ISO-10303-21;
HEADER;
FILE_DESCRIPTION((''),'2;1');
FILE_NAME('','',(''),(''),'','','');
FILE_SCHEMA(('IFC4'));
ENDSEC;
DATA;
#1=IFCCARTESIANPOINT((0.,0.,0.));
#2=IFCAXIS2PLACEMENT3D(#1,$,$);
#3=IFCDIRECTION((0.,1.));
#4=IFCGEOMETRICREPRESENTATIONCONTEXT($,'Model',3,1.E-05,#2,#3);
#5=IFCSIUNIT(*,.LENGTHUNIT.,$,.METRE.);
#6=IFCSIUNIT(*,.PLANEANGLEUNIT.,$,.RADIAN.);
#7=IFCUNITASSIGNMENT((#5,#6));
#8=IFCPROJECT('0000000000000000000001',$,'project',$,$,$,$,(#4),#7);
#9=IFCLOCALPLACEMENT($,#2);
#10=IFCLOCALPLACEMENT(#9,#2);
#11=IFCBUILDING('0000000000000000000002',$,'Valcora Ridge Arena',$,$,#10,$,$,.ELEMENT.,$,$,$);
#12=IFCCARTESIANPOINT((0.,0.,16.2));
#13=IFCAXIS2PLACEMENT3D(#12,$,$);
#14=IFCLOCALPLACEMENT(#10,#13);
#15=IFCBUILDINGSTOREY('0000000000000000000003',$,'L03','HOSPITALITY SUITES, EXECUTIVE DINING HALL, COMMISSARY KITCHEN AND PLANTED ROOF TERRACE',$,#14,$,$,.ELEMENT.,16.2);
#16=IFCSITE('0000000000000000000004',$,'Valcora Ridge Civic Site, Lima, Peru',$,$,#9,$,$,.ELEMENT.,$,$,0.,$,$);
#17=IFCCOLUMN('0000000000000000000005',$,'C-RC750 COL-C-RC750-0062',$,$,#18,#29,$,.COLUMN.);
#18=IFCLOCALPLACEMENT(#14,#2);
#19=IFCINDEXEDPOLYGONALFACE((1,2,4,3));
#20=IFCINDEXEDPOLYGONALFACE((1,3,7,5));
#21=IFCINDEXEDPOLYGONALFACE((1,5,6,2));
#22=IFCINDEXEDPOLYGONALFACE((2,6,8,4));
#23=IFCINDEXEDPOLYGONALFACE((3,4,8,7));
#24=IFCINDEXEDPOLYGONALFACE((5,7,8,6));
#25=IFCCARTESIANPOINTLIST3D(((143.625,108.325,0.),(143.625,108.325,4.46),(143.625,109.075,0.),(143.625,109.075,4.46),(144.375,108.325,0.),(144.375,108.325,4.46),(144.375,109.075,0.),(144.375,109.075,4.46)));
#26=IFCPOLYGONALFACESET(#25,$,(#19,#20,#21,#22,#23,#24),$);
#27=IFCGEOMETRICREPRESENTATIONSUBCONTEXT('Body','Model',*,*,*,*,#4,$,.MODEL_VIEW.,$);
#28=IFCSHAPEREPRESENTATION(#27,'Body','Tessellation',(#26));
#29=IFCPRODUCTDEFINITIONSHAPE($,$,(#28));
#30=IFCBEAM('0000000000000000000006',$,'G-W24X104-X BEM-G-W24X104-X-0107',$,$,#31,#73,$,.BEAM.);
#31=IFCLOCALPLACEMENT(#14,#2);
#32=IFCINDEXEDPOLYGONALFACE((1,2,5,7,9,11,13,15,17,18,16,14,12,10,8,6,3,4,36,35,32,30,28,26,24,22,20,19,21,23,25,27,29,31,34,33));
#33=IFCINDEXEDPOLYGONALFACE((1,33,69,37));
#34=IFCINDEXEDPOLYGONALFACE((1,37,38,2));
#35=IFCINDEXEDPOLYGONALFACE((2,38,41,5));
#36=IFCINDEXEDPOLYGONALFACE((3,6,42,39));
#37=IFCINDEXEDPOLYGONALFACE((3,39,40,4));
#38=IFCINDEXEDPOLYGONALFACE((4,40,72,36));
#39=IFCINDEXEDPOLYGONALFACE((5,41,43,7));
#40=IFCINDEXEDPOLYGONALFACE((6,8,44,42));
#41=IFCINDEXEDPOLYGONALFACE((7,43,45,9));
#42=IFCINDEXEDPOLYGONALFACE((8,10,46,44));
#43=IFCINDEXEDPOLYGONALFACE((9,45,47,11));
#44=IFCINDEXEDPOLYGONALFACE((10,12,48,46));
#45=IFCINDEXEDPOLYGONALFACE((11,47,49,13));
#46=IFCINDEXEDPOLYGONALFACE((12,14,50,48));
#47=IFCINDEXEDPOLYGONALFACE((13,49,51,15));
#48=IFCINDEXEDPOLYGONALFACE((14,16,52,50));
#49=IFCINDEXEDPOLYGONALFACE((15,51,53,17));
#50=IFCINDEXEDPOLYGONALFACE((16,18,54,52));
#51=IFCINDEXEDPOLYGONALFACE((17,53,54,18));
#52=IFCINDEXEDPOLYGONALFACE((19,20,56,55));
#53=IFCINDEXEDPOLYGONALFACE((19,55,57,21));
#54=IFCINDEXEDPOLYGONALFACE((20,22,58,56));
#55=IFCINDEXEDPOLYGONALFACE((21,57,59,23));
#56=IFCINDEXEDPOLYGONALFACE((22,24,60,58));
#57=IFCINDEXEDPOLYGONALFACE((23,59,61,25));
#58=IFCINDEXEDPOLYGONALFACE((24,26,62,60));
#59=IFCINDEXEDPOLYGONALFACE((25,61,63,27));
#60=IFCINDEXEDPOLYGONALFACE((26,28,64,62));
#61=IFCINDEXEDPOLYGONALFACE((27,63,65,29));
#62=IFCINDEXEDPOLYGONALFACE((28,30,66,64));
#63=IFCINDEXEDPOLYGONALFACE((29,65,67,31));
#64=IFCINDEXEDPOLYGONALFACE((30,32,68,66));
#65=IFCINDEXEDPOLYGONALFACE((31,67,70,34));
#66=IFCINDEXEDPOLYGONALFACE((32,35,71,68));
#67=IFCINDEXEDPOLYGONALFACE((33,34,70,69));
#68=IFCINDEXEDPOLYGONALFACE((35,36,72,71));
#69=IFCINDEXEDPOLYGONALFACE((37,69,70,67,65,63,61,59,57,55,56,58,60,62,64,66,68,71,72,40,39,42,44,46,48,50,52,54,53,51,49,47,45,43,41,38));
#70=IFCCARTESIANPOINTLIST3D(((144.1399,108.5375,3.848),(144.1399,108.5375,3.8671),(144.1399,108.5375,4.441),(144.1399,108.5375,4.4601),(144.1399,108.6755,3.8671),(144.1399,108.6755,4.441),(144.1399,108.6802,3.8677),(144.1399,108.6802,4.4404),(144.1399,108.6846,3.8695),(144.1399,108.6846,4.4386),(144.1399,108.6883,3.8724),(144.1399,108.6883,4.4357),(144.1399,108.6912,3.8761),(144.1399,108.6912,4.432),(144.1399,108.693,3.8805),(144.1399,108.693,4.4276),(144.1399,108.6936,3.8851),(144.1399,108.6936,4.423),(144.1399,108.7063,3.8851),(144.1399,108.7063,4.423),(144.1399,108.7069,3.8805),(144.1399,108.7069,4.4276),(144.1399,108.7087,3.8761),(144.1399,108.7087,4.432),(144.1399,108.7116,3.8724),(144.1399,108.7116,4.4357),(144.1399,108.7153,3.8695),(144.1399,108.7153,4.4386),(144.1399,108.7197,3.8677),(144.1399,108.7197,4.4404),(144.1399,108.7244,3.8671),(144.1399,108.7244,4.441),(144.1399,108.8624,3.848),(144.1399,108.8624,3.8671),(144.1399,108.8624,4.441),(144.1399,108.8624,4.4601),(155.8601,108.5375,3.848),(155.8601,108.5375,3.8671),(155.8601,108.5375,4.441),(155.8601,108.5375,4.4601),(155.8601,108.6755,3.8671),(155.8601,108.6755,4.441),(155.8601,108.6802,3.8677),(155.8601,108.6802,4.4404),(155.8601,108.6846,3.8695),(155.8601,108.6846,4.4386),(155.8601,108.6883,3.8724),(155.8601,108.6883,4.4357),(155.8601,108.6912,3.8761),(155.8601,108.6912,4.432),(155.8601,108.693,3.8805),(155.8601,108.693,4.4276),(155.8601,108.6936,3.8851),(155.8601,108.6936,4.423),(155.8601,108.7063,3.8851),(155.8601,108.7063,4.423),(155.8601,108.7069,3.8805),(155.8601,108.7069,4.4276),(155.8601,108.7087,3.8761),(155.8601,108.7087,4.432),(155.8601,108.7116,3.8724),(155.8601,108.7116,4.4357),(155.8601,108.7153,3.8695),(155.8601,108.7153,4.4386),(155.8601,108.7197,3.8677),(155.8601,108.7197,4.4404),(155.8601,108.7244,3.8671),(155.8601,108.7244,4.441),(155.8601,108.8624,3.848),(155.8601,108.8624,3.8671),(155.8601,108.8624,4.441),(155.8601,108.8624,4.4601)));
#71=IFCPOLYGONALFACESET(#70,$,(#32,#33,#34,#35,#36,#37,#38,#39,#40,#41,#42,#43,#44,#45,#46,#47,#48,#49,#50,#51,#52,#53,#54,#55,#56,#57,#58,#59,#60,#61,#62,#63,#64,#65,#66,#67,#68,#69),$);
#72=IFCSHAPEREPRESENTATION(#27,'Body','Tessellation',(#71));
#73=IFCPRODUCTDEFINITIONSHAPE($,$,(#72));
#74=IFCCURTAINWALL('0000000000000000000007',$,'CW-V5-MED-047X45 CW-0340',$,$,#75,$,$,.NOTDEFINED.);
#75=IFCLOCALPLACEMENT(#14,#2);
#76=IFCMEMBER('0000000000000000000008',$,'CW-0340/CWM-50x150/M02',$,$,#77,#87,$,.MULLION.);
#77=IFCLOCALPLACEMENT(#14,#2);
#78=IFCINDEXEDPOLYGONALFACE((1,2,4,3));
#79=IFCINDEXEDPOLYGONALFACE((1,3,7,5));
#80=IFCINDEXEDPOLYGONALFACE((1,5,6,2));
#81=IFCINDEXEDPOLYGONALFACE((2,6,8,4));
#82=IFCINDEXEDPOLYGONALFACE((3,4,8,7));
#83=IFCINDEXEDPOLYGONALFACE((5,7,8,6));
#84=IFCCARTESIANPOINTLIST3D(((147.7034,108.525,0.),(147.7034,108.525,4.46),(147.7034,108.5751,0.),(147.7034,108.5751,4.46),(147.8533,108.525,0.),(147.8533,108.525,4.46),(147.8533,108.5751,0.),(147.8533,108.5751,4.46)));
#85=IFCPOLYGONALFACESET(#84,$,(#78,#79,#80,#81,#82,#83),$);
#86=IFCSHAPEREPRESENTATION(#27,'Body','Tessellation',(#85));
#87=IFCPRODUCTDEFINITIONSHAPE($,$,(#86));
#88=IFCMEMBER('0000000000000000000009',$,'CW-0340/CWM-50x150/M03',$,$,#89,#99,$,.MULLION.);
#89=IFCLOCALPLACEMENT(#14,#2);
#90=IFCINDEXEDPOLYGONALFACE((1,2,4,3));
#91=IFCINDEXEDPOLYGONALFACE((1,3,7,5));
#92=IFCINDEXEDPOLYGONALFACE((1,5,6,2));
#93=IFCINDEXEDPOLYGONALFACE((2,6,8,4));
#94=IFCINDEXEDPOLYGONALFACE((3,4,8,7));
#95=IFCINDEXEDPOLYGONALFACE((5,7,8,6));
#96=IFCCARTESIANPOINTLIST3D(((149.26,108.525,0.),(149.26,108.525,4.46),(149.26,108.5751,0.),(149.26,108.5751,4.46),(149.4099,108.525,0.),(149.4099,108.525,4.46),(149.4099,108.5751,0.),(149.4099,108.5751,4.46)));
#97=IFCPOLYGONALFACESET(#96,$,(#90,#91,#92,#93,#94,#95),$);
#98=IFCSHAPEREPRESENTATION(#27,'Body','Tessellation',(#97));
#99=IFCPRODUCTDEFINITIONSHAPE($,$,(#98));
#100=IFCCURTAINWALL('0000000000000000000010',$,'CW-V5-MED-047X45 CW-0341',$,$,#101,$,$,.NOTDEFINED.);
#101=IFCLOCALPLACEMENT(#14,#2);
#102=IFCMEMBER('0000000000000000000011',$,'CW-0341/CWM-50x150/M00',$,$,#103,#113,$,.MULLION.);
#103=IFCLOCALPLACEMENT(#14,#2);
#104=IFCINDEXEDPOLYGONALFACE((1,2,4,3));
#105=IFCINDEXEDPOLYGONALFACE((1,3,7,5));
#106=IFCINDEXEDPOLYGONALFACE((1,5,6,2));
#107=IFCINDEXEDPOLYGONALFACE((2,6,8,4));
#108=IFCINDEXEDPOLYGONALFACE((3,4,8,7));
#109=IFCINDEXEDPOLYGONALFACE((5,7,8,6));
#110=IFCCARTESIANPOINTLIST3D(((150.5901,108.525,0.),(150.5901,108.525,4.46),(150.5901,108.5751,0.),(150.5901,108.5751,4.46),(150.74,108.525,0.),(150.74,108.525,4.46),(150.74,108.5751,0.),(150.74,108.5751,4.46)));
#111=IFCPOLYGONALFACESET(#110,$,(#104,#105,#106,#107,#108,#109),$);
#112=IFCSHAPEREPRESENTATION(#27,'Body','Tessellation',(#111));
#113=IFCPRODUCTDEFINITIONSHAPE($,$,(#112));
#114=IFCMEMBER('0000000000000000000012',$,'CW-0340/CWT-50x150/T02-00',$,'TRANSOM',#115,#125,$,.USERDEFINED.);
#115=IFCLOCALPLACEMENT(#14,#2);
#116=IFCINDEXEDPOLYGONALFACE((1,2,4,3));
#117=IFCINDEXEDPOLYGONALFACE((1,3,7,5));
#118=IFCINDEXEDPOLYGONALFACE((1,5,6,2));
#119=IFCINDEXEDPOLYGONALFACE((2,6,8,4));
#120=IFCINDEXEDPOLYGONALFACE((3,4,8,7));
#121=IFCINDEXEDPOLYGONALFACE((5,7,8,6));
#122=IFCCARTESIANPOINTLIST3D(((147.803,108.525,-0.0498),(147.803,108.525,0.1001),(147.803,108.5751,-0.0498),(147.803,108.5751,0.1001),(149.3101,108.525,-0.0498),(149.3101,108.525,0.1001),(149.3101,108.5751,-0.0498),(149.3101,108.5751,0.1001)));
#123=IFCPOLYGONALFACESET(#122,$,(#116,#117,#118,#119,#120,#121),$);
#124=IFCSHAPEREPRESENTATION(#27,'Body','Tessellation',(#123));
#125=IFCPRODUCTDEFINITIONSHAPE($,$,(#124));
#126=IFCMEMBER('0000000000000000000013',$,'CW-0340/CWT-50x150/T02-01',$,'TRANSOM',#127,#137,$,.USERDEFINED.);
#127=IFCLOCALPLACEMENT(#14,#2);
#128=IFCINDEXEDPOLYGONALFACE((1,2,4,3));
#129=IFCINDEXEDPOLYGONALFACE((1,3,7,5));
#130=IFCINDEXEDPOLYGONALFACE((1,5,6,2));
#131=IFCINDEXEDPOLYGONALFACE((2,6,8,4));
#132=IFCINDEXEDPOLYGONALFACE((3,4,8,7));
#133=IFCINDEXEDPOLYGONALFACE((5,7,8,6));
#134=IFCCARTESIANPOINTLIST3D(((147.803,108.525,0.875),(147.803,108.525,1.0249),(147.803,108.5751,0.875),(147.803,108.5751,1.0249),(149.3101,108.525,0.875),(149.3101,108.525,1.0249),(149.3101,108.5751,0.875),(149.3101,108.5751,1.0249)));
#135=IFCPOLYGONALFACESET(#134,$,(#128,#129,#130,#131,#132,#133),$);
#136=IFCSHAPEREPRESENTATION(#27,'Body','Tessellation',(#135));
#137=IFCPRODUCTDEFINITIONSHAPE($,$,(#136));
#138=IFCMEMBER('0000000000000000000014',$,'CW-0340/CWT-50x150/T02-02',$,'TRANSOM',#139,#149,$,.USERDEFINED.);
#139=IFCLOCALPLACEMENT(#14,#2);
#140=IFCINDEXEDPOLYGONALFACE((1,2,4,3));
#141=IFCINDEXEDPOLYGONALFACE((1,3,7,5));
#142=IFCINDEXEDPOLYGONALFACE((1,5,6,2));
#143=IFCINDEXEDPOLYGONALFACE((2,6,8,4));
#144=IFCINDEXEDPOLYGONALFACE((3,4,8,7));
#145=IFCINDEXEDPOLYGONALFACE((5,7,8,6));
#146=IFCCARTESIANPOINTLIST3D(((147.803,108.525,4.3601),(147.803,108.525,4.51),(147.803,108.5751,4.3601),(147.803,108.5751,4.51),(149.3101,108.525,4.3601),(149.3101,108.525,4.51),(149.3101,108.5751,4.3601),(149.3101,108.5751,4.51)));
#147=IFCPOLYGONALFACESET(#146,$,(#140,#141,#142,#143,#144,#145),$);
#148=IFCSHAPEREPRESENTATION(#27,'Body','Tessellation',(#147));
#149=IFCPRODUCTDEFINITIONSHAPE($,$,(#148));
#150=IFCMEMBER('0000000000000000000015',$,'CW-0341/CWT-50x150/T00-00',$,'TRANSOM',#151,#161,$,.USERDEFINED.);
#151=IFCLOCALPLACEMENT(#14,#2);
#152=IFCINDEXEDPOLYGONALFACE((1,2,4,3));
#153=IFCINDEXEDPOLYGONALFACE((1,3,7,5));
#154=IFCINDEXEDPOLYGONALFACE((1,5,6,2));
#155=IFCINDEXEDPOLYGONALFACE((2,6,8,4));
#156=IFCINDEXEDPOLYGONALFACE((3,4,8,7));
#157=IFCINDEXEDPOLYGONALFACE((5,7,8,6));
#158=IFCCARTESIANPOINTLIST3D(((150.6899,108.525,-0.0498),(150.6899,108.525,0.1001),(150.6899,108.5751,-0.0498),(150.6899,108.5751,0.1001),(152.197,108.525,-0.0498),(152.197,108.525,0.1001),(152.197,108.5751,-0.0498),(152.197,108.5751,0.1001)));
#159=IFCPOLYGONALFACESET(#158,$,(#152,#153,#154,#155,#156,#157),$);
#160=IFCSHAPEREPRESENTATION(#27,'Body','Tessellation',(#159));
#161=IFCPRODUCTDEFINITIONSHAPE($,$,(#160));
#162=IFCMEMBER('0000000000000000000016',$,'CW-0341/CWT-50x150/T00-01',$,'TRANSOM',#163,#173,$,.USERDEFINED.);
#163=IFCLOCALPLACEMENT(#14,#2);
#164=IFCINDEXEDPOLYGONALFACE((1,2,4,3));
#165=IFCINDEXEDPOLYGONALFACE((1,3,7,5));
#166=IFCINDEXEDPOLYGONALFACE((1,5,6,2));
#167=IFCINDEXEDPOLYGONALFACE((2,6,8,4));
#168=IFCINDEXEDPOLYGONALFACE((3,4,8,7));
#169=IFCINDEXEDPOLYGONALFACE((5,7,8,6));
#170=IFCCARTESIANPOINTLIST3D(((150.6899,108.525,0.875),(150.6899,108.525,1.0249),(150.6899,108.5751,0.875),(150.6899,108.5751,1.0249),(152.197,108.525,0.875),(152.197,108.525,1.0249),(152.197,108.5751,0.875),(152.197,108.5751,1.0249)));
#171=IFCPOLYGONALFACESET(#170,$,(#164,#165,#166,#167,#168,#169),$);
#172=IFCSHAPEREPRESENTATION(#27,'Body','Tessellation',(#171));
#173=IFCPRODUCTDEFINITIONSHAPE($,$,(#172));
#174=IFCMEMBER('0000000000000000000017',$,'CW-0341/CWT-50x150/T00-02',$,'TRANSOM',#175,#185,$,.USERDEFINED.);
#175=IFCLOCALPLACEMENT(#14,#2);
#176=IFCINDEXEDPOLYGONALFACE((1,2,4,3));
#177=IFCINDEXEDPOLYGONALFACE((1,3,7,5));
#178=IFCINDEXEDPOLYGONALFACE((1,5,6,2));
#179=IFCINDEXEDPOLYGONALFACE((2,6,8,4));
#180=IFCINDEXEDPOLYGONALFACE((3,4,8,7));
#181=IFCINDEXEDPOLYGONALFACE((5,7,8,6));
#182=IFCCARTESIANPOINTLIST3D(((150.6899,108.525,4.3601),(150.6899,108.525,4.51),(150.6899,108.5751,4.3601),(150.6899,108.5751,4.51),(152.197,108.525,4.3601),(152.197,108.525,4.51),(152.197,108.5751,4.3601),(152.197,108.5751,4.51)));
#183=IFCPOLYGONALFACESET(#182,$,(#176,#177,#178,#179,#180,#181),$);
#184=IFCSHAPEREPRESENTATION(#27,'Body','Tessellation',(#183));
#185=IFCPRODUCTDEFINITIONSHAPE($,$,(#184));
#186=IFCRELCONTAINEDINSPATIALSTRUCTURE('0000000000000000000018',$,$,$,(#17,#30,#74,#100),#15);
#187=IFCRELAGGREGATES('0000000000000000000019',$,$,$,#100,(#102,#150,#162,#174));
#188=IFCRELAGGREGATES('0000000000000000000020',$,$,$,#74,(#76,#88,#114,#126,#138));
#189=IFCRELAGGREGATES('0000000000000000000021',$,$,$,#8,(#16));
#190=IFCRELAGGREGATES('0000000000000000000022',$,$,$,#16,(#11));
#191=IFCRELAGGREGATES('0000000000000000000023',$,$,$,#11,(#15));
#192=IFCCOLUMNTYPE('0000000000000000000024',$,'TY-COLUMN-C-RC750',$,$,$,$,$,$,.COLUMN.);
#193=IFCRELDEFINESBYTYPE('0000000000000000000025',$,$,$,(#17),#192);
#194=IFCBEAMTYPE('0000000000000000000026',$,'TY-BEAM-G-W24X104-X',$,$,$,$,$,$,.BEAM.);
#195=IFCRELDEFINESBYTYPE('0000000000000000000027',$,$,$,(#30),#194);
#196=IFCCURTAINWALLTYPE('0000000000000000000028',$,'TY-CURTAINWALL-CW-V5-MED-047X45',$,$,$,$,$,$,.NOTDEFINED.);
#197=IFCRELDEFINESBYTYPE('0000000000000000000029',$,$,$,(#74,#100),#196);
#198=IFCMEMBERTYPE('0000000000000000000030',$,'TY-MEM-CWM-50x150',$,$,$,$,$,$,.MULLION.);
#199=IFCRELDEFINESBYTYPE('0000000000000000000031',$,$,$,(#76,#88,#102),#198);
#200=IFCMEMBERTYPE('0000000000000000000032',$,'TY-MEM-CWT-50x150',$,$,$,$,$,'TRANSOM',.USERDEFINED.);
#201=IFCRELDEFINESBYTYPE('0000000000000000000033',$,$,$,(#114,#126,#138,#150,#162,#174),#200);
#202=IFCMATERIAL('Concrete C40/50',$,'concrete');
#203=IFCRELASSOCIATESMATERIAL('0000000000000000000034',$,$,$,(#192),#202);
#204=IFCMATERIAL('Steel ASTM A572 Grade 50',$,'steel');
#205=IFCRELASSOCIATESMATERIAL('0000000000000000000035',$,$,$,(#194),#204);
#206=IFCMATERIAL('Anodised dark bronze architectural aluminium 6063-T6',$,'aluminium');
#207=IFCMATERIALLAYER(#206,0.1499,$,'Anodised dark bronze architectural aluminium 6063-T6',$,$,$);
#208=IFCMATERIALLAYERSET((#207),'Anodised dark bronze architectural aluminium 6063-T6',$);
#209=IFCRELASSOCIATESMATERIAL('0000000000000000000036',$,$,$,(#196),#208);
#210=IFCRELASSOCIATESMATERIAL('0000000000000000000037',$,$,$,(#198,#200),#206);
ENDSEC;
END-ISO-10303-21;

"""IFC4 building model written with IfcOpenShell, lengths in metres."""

from ifc_helpers import new_model, si_unit, direction, frame, origin, origin_2d, place, context, subcontext, project, spatial, rectangle, i_section, extrude, material, layer, layer_set, material_profile, profile_set, type_object, element, aggregate, save


model = new_model("IFC4")

# Units and contexts
model_context = context("Model", 3, precision=1e-05, world=origin(), true_north=direction((0.0, 1.0)))
body_context = subcontext(model_context, "Body", "Model", "MODEL_VIEW")
ifc_project = project(units=[si_unit("LENGTHUNIT", "METRE"), si_unit("PLANEANGLEUNIT", "RADIAN")], contexts=[model_context])

# Site, building, storey
site_placement = place(None, origin())
site = spatial("IfcSite", under=ifc_project, at=site_placement, Name="Valcora Ridge Civic Site, Lima, Peru", CompositionType="ELEMENT", RefElevation=0.0)
building_placement = place(site_placement, origin())
building = spatial("IfcBuilding", under=site, at=building_placement, Name="Valcora Ridge Arena", CompositionType="ELEMENT")
storey_placement = place(building_placement, frame((0.0, 0.0, 16.2)))
storey = spatial("IfcBuildingStorey", under=building, at=storey_placement, Name="L03", Description="HOSPITALITY SUITES, EXECUTIVE DINING HALL, COMMISSARY KITCHEN AND PLANTED ROOF TERRACE", CompositionType="ELEMENT", Elevation=16.2)

# Column
ifc_material_1 = material(Name="Concrete C40/50", Category="concrete")
ifc_material_profile_1 = material_profile(ifc_material_1, rectangle(XDim=0.75, YDim=0.75, at=origin_2d()), Name="RC 750x750")
ifc_profile_set_1 = profile_set([ifc_material_profile_1], Name="Concrete C40/50")
column_type = type_object("IfcColumnType", Name="TY-COLUMN-C-RC750", PredefinedType="COLUMN", material=ifc_profile_set_1)
column_placement = place(storey_placement, frame((144.0, 108.7, 0.0), z_axis=(0.0, 0.0, 1.0), x_axis=(1.0, 0.0, 0.0)))
element("IfcColumn", 1, at=column_placement, inside=storey, type_object=column_type, Name="C-RC750 COL-C-RC750-0062", PredefinedType="COLUMN", context=body_context, shape_type="SweptSolid", body=[
    extrude(rectangle(XDim=0.75, YDim=0.75, at=origin_2d()), origin(), (0.0, 0.0, 1.0), 4.46),
])

# Beam
ifc_material_2 = material(Name="Steel ASTM A572 Grade 50", Category="steel")
ifc_material_profile_2 = material_profile(ifc_material_2, i_section(OverallWidth=0.325, OverallDepth=0.6121, WebThickness=0.0127, FlangeThickness=0.019, FilletRadius=0.0181, at=origin_2d()), Name="W24X104")
ifc_profile_set_2 = profile_set([ifc_material_profile_2], Name="Steel ASTM A572 Grade 50")
beam_type = type_object("IfcBeamType", Name="TY-BEAM-G-W24X104-X", PredefinedType="BEAM", material=ifc_profile_set_2)
beam_placement = place(storey_placement, frame((144.1399, 108.7, 4.1541), z_axis=(1.0, 0.0, 0.0), x_axis=(0.0, 1.0, 0.0)))
element("IfcBeam", 2, at=beam_placement, inside=storey, type_object=beam_type, Name="G-W24X104-X BEM-G-W24X104-X-0107", PredefinedType="BEAM", context=body_context, shape_type="SweptSolid", body=[
    extrude(i_section(OverallWidth=0.325, OverallDepth=0.6121, WebThickness=0.0127, FlangeThickness=0.019, FilletRadius=0.0181, at=origin_2d()), origin(), (0.0, 0.0, 1.0), 11.7202),
])

# Curtain wall, members
ifc_material_3 = material(Name="Anodised dark bronze architectural aluminium 6063-T6", Category="aluminium")
ifc_layer_1 = layer(ifc_material_3, 0.1499, Name="Anodised dark bronze architectural aluminium 6063-T6")
ifc_layer_set_1 = layer_set([ifc_layer_1], Name="Anodised dark bronze architectural aluminium 6063-T6")
curtain_wall_type = type_object("IfcCurtainWallType", Name="TY-CURTAINWALL-CW-V5-MED-047X45", PredefinedType="NOTDEFINED", material=ifc_layer_set_1)
curtain_wall_1_placement = place(storey_placement, origin())
curtain_wall_1 = element("IfcCurtainWall", 3, at=curtain_wall_1_placement, inside=storey, type_object=curtain_wall_type, Name="CW-V5-MED-047X45 CW-0340", PredefinedType="NOTDEFINED")
ifc_material_profile_3 = material_profile(ifc_material_3, rectangle(XDim=0.05, YDim=0.1499, at=origin_2d()), Name="ALU MULLION 50x150")
ifc_profile_set_3 = profile_set([ifc_material_profile_3], Name="Anodised dark bronze architectural aluminium 6063-T6")
member_type_1 = type_object("IfcMemberType", Name="TY-MEM-CWM-50x150", PredefinedType="MULLION", material=ifc_profile_set_3)
member_1_placement = place(storey_placement, frame((147.7783, 108.55, 0.0), z_axis=(0.0, 0.0, 1.0), x_axis=(0.0, 1.0, 0.0)))
member_1 = element("IfcMember", 4, at=member_1_placement, type_object=member_type_1, Name="CW-0340/CWM-50x150/M02", PredefinedType="MULLION", context=body_context, shape_type="SweptSolid", body=[
    extrude(rectangle(XDim=0.05, YDim=0.1499, at=origin_2d()), origin(), (0.0, 0.0, 1.0), 4.46),
])
member_2_placement = place(storey_placement, frame((149.335, 108.55, 0.0), z_axis=(0.0, 0.0, 1.0), x_axis=(0.0, 1.0, 0.0)))
member_2 = element("IfcMember", 5, at=member_2_placement, type_object=member_type_1, Name="CW-0340/CWM-50x150/M03", PredefinedType="MULLION", context=body_context, shape_type="SweptSolid", body=[
    extrude(rectangle(XDim=0.05, YDim=0.1499, at=origin_2d()), origin(), (0.0, 0.0, 1.0), 4.46),
])

# Curtain wall, member
curtain_wall_2_placement = place(storey_placement, origin())
curtain_wall_2 = element("IfcCurtainWall", 6, at=curtain_wall_2_placement, inside=storey, type_object=curtain_wall_type, Name="CW-V5-MED-047X45 CW-0341", PredefinedType="NOTDEFINED")
member_3_placement = place(storey_placement, frame((150.665, 108.55, 0.0), z_axis=(0.0, 0.0, 1.0), x_axis=(0.0, 1.0, 0.0)))
member_3 = element("IfcMember", 7, at=member_3_placement, type_object=member_type_1, Name="CW-0341/CWM-50x150/M00", PredefinedType="MULLION", context=body_context, shape_type="SweptSolid", body=[
    extrude(rectangle(XDim=0.05, YDim=0.1499, at=origin_2d()), origin(), (0.0, 0.0, 1.0), 4.46),
])

# Members
ifc_material_profile_4 = material_profile(ifc_material_3, rectangle(XDim=0.05, YDim=0.1499, at=origin_2d()), Name="ALU TRANSOM 50x150")
ifc_profile_set_4 = profile_set([ifc_material_profile_4], Name="Anodised dark bronze architectural aluminium 6063-T6")
member_type_2 = type_object("IfcMemberType", Name="TY-MEM-CWT-50x150", ElementType="TRANSOM", PredefinedType="USERDEFINED", material=ifc_profile_set_4)
member_4_placement = place(storey_placement, frame((147.803, 108.55, 0.0251), z_axis=(1.0, 0.0, 0.0), x_axis=(0.0, 1.0, 0.0)))
member_4 = element("IfcMember", 8, at=member_4_placement, type_object=member_type_2, Name="CW-0340/CWT-50x150/T02-00", ObjectType="TRANSOM", PredefinedType="USERDEFINED", context=body_context, shape_type="SweptSolid", body=[
    extrude(rectangle(XDim=0.05, YDim=0.1499, at=origin_2d()), origin(), (0.0, 0.0, 1.0), 1.5071),
])
member_5_placement = place(storey_placement, frame((147.803, 108.55, 0.95), z_axis=(1.0, 0.0, 0.0), x_axis=(0.0, 1.0, 0.0)))
member_5 = element("IfcMember", 9, at=member_5_placement, type_object=member_type_2, Name="CW-0340/CWT-50x150/T02-01", ObjectType="TRANSOM", PredefinedType="USERDEFINED", context=body_context, shape_type="SweptSolid", body=[
    extrude(rectangle(XDim=0.05, YDim=0.1499, at=origin_2d()), origin(), (0.0, 0.0, 1.0), 1.5071),
])
member_6_placement = place(storey_placement, frame((147.803, 108.55, 4.4351), z_axis=(1.0, 0.0, 0.0), x_axis=(0.0, 1.0, 0.0)))
member_6 = element("IfcMember", 10, at=member_6_placement, type_object=member_type_2, Name="CW-0340/CWT-50x150/T02-02", ObjectType="TRANSOM", PredefinedType="USERDEFINED", context=body_context, shape_type="SweptSolid", body=[
    extrude(rectangle(XDim=0.05, YDim=0.1499, at=origin_2d()), origin(), (0.0, 0.0, 1.0), 1.5071),
])
member_7_placement = place(storey_placement, frame((150.6899, 108.55, 0.0251), z_axis=(1.0, 0.0, 0.0), x_axis=(0.0, 1.0, 0.0)))
member_7 = element("IfcMember", 11, at=member_7_placement, type_object=member_type_2, Name="CW-0341/CWT-50x150/T00-00", ObjectType="TRANSOM", PredefinedType="USERDEFINED", context=body_context, shape_type="SweptSolid", body=[
    extrude(rectangle(XDim=0.05, YDim=0.1499, at=origin_2d()), origin(), (0.0, 0.0, 1.0), 1.5071),
])
member_8_placement = place(storey_placement, frame((150.6899, 108.55, 0.95), z_axis=(1.0, 0.0, 0.0), x_axis=(0.0, 1.0, 0.0)))
member_8 = element("IfcMember", 12, at=member_8_placement, type_object=member_type_2, Name="CW-0341/CWT-50x150/T00-01", ObjectType="TRANSOM", PredefinedType="USERDEFINED", context=body_context, shape_type="SweptSolid", body=[
    extrude(rectangle(XDim=0.05, YDim=0.1499, at=origin_2d()), origin(), (0.0, 0.0, 1.0), 1.5071),
])
member_9_placement = place(storey_placement, frame((150.6899, 108.55, 4.4351), z_axis=(1.0, 0.0, 0.0), x_axis=(0.0, 1.0, 0.0)))
member_9 = element("IfcMember", 13, at=member_9_placement, type_object=member_type_2, Name="CW-0341/CWT-50x150/T00-02", ObjectType="TRANSOM", PredefinedType="USERDEFINED", context=body_context, shape_type="SweptSolid", body=[
    extrude(rectangle(XDim=0.05, YDim=0.1499, at=origin_2d()), origin(), (0.0, 0.0, 1.0), 1.5071),
])

aggregate(curtain_wall_2, [member_3, member_7, member_8, member_9])
aggregate(curtain_wall_1, [member_1, member_2, member_4, member_5, member_6])

save(model, "model.ifc")
